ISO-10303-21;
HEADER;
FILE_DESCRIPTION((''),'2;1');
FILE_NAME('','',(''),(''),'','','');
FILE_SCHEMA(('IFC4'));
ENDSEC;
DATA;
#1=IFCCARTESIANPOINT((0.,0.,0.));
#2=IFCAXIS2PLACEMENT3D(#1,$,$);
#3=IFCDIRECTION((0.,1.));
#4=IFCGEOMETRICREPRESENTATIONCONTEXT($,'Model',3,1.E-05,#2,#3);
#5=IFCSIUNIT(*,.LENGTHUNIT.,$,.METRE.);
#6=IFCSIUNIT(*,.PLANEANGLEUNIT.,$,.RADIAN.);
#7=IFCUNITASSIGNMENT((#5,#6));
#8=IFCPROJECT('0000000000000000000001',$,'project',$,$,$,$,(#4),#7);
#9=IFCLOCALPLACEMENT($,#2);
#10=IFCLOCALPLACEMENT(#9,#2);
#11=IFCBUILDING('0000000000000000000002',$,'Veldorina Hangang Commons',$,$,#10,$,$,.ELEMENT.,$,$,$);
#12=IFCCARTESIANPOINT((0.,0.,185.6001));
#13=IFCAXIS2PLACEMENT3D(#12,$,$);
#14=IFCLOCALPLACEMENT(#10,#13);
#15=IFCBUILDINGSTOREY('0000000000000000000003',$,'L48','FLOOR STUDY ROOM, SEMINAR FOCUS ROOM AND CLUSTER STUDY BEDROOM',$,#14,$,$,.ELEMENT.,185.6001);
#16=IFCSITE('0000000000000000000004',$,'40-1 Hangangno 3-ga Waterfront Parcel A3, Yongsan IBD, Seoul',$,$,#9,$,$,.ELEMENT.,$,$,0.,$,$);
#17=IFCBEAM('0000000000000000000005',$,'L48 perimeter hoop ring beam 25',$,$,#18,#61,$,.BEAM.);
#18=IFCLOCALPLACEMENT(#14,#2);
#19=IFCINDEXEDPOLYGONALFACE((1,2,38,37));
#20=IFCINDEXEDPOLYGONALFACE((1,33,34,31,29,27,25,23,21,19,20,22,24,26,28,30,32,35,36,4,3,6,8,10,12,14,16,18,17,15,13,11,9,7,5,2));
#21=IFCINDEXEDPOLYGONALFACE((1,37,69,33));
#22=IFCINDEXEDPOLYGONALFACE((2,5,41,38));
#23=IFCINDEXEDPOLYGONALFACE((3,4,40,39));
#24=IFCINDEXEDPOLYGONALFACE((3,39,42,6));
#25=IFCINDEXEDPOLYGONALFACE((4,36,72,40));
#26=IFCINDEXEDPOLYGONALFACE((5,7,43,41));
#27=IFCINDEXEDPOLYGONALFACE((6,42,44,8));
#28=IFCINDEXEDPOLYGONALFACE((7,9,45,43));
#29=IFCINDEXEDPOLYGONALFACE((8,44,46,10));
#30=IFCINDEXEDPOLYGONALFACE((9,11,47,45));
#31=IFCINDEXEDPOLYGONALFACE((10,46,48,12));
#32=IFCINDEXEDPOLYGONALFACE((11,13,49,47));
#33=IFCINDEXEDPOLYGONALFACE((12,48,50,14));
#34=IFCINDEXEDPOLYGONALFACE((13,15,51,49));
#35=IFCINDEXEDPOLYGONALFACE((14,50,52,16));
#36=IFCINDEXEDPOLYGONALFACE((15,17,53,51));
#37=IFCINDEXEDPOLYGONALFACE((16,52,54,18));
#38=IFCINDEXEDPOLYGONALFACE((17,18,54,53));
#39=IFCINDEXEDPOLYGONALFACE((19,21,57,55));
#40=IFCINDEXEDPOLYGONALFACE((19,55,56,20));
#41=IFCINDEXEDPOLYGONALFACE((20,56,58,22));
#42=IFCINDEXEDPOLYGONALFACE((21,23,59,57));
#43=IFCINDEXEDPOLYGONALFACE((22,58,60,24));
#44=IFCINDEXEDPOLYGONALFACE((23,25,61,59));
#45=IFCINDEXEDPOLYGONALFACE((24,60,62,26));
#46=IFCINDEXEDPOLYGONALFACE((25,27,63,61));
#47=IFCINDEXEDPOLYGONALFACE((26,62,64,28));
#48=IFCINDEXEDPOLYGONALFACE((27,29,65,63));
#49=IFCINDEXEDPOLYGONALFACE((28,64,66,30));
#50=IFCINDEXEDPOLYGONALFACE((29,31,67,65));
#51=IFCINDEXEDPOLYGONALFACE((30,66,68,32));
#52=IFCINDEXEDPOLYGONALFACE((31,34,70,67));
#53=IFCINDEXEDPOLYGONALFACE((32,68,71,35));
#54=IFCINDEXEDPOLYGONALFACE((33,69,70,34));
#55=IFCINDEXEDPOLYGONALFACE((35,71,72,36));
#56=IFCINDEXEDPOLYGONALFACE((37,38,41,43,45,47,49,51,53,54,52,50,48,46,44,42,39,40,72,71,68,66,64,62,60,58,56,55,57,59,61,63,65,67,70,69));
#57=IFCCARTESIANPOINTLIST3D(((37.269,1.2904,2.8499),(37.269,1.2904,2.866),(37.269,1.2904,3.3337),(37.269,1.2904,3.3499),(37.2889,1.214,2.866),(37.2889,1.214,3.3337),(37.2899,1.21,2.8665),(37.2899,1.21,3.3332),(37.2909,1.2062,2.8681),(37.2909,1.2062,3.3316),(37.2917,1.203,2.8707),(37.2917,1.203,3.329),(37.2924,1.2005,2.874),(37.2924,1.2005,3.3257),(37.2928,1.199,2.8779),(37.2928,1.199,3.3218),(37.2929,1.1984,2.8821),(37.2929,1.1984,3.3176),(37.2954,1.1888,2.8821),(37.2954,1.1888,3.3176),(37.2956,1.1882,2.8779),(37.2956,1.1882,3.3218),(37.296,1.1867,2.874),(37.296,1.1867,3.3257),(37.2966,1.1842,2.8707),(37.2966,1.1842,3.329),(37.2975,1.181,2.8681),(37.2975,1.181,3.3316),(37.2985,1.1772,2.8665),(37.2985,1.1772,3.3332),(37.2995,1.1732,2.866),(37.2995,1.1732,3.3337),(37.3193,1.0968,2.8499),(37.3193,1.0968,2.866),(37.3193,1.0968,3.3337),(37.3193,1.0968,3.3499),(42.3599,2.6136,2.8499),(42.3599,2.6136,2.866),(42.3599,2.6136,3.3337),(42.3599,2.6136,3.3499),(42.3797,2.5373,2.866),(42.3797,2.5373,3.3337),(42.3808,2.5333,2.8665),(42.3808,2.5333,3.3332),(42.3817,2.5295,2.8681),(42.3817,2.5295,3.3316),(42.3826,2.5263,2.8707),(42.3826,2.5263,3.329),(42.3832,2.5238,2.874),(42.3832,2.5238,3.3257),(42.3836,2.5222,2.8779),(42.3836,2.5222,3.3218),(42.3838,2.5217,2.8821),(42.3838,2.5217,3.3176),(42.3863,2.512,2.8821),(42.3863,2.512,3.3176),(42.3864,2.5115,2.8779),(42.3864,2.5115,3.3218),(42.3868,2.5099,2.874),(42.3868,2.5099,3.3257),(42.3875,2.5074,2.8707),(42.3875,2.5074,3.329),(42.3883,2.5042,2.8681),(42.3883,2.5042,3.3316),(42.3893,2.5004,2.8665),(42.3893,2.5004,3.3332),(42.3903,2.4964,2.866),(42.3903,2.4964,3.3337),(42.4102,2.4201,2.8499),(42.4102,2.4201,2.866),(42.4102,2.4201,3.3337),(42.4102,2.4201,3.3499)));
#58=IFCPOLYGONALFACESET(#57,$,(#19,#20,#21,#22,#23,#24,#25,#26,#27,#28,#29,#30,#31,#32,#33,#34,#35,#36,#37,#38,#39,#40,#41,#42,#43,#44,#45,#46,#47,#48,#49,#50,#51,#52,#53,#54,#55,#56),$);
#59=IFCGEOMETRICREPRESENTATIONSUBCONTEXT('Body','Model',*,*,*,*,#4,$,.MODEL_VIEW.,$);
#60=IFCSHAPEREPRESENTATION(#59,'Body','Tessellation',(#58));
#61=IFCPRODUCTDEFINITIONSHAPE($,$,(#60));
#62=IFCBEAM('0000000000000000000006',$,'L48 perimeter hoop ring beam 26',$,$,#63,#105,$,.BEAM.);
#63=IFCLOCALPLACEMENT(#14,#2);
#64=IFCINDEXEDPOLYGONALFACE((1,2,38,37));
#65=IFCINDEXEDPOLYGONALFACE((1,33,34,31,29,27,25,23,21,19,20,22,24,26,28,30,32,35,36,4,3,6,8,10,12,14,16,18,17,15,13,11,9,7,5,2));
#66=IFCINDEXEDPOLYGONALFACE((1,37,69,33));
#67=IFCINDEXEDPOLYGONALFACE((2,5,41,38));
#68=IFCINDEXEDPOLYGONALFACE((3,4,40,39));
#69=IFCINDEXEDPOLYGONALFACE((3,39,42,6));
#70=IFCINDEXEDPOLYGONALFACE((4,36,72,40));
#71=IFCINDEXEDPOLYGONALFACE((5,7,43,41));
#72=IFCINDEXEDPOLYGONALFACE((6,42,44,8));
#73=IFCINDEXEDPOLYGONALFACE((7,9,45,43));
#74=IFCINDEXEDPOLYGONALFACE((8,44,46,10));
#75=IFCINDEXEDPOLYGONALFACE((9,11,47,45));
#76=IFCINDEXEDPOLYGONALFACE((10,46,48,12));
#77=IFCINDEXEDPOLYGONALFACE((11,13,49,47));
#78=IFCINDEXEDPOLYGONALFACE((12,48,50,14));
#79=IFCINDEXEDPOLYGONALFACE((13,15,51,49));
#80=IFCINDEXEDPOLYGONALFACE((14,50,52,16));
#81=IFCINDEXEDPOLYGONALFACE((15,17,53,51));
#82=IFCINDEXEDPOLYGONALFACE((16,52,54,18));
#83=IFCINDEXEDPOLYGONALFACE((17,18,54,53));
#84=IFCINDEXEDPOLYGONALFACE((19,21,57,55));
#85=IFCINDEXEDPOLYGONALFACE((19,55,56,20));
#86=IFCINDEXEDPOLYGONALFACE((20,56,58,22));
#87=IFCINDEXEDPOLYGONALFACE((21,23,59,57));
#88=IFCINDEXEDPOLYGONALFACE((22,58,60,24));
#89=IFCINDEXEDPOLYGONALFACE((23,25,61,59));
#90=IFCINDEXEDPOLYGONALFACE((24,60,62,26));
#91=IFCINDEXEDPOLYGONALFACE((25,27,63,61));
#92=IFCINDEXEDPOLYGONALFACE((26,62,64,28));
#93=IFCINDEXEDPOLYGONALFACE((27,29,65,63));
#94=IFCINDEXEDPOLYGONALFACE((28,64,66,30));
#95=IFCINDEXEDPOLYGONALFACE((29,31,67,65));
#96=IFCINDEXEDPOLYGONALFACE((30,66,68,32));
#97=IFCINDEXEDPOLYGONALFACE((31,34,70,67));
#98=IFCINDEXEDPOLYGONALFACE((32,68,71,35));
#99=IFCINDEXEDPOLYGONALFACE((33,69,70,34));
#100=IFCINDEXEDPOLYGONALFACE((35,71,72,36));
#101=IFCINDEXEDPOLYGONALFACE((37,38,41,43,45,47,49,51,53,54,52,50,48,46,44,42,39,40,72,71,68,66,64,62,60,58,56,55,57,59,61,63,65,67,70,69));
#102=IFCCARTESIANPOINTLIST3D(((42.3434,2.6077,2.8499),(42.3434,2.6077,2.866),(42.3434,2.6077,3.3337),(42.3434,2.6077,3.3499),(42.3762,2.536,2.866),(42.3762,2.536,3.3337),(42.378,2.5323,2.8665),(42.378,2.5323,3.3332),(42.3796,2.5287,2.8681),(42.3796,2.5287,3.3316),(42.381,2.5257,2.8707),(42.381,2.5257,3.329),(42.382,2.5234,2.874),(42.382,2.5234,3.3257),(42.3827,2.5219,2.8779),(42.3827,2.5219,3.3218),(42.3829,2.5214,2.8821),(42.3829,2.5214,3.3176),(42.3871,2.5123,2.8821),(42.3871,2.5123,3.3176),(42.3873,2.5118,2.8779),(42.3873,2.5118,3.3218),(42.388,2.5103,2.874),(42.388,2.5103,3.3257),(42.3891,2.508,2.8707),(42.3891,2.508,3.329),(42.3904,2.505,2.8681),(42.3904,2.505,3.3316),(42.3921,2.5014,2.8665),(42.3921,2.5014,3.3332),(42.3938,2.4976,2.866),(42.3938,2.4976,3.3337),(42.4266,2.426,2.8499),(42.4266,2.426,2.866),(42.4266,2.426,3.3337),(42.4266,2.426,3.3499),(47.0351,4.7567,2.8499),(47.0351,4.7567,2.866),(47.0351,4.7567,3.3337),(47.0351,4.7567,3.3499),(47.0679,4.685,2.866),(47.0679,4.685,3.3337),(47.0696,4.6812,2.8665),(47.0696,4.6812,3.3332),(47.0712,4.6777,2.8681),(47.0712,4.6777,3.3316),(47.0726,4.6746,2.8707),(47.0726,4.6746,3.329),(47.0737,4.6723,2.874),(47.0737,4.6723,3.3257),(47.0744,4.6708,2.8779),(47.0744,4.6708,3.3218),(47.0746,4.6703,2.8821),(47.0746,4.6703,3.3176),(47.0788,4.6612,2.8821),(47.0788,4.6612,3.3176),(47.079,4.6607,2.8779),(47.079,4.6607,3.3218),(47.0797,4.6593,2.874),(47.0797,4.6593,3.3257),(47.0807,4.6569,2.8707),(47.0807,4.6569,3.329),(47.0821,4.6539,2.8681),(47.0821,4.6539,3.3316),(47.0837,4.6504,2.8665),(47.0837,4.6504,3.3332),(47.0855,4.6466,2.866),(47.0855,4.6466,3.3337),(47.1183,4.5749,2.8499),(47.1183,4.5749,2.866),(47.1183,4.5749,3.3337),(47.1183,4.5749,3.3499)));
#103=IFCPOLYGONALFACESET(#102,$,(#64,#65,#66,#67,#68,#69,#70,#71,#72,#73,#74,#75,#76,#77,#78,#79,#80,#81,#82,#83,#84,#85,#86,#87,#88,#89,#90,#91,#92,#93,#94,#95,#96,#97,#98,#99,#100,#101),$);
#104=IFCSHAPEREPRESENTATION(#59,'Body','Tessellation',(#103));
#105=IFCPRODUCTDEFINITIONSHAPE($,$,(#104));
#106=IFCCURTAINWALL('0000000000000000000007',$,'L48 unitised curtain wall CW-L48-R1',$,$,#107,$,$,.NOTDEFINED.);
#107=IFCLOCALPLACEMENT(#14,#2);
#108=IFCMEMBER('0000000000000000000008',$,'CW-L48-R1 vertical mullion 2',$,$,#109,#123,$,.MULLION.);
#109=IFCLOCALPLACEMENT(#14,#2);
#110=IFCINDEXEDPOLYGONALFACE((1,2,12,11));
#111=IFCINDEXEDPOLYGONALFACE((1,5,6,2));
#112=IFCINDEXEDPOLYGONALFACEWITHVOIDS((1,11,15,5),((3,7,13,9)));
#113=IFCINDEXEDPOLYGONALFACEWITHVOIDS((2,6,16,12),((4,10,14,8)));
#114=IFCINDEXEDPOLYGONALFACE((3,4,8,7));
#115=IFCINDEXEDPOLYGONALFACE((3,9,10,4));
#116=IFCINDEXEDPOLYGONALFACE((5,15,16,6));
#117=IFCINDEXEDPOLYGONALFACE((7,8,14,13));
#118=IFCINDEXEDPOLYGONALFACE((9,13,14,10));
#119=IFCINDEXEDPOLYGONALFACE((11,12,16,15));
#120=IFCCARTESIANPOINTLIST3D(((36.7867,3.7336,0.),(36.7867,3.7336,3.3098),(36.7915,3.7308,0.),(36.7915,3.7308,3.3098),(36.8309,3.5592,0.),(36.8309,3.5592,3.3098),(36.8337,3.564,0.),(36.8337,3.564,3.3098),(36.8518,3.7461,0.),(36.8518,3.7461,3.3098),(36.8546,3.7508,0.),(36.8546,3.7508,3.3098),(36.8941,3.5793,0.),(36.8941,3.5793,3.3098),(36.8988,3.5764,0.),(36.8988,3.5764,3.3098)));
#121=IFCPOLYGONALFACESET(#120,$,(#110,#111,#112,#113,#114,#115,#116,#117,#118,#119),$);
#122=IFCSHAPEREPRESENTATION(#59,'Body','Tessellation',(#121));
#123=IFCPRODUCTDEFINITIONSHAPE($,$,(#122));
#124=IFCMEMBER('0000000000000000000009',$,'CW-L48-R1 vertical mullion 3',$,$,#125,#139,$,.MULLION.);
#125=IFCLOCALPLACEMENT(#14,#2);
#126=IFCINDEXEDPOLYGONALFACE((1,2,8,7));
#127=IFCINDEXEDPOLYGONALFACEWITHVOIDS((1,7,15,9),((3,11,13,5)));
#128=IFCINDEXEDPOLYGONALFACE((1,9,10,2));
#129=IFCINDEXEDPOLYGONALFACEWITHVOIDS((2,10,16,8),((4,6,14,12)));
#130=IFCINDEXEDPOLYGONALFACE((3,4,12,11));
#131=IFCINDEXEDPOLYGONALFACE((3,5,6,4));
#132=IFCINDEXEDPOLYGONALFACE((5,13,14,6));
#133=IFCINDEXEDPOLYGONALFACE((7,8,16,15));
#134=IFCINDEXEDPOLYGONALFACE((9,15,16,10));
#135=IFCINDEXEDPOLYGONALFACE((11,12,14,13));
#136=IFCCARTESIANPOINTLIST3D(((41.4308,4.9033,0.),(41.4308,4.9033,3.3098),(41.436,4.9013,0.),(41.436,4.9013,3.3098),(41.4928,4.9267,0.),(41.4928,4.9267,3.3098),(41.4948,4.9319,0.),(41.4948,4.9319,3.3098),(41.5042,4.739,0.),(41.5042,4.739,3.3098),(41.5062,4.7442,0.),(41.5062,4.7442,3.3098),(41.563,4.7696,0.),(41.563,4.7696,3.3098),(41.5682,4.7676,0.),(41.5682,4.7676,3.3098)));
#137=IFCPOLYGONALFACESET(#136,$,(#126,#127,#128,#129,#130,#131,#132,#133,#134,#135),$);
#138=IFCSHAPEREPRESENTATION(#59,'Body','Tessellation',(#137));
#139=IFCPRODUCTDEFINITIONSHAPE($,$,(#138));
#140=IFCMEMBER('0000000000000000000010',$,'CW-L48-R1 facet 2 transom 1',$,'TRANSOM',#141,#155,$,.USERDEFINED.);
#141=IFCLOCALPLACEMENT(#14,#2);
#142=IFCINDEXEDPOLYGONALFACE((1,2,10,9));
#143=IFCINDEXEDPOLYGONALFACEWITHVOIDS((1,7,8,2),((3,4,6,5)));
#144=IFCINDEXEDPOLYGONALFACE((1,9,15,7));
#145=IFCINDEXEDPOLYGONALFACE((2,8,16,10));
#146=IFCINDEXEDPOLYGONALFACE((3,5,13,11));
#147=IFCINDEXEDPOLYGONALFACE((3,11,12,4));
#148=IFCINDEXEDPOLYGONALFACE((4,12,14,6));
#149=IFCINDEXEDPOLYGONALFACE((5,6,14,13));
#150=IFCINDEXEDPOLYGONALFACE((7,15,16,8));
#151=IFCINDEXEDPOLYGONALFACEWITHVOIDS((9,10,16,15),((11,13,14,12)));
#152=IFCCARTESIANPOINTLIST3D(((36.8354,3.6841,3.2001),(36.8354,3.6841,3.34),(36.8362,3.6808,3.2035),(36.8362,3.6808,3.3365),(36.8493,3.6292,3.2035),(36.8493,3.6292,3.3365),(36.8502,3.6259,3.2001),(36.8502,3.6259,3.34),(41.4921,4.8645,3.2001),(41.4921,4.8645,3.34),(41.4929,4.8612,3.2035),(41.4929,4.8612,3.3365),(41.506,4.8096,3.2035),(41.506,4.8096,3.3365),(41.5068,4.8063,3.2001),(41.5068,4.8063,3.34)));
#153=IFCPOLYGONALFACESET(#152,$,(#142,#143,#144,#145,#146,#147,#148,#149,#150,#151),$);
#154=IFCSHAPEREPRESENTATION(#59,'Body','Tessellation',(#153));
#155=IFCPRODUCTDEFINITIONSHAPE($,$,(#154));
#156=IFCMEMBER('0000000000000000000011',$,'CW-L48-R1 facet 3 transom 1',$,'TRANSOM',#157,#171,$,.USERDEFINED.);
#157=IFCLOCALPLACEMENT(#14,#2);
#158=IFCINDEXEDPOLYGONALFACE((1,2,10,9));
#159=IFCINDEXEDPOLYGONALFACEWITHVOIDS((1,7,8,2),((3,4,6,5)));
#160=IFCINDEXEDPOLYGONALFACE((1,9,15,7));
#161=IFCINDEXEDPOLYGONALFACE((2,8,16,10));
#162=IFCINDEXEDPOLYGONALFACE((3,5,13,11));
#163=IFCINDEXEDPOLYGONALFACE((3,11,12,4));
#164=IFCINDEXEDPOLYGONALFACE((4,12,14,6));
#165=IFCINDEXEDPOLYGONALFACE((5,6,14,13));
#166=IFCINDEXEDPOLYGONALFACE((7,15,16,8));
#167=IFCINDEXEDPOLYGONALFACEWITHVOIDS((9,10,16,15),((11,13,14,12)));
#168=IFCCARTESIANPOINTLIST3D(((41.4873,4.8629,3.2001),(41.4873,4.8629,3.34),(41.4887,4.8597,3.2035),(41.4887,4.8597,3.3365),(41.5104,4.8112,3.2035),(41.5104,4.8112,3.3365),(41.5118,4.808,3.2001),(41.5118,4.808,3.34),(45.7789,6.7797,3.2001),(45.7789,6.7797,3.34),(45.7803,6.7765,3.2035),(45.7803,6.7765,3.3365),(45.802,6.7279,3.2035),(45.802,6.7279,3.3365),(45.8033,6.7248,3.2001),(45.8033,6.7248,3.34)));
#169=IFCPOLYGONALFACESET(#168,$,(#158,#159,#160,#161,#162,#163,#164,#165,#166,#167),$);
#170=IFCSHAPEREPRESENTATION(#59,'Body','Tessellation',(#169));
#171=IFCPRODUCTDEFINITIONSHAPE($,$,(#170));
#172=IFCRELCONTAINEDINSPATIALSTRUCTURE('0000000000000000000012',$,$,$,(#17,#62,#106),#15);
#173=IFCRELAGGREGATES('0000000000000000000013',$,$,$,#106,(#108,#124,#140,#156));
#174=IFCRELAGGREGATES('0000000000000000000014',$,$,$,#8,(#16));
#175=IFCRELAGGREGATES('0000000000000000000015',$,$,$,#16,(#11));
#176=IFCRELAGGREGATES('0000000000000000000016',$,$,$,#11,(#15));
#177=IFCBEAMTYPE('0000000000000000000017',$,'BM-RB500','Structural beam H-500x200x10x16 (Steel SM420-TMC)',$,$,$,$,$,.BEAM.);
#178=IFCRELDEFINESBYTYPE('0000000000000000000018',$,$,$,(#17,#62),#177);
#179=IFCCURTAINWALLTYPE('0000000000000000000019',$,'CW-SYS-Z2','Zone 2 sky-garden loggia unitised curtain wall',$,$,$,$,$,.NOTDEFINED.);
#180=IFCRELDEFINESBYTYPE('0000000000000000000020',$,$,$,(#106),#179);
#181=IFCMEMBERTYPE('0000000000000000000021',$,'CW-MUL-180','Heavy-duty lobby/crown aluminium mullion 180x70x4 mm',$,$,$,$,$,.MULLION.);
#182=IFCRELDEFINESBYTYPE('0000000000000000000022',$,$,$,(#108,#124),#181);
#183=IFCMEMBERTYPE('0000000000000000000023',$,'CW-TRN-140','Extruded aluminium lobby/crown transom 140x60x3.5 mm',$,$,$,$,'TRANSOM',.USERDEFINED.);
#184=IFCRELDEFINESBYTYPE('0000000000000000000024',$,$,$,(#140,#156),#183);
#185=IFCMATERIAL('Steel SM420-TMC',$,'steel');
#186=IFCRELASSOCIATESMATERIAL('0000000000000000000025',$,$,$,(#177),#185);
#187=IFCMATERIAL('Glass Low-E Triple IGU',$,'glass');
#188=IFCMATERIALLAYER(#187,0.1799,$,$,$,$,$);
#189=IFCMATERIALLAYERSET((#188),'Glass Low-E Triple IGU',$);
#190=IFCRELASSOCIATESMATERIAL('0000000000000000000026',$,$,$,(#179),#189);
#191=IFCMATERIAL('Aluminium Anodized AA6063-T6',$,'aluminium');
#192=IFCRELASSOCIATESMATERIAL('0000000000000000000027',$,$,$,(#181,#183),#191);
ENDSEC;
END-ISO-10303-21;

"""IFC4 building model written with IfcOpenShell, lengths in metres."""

from ifc_helpers import new_model, si_unit, direction, frame, origin, origin_2d, place, context, subcontext, project, spatial, hollow_rectangle, i_section, extrude, material, layer, layer_set, material_profile, profile_set, type_object, element, aggregate, save


model = new_model("IFC4")

# Units and contexts
model_context = context("Model", 3, precision=1e-05, world=origin(), true_north=direction((0.0, 1.0)))
body_context = subcontext(model_context, "Body", "Model", "MODEL_VIEW")
ifc_project = project(units=[si_unit("LENGTHUNIT", "METRE"), si_unit("PLANEANGLEUNIT", "RADIAN")], contexts=[model_context])

# Site, building, storey
site_placement = place(None, origin())
site = spatial("IfcSite", under=ifc_project, at=site_placement, Name="40-1 Hangangno 3-ga Waterfront Parcel A3, Yongsan IBD, Seoul", CompositionType="ELEMENT", RefElevation=0.0)
building_placement = place(site_placement, origin())
building = spatial("IfcBuilding", under=site, at=building_placement, Name="Veldorina Hangang Commons", CompositionType="ELEMENT")
storey_placement = place(building_placement, frame((0.0, 0.0, 185.6001)))
storey = spatial("IfcBuildingStorey", under=building, at=storey_placement, Name="L48", Description="FLOOR STUDY ROOM, SEMINAR FOCUS ROOM AND CLUSTER STUDY BEDROOM", CompositionType="ELEMENT", Elevation=185.6001)

# Beams
ifc_material_1 = material(Name="Steel SM420-TMC", Category="steel")
ifc_material_profile_1 = material_profile(ifc_material_1, i_section(OverallWidth=0.2, OverallDepth=0.5, WebThickness=0.01, FlangeThickness=0.0161, FilletRadius=0.0161, at=origin_2d()), Name="H-500x200x10x16")
ifc_profile_set_1 = profile_set([ifc_material_profile_1], Name="Steel SM420-TMC")
beam_type = type_object("IfcBeamType", Name="BM-RB500", Description="Structural beam H-500x200x10x16 (Steel SM420-TMC)", PredefinedType="BEAM", material=ifc_profile_set_1)
beam_1_placement = place(storey_placement, frame((37.2942, 1.1936, 3.0999), z_axis=(0.96784, 0.251568, 0.0), x_axis=(-0.251568, 0.96784, 0.0)))
element("IfcBeam", 1, at=beam_1_placement, inside=storey, type_object=beam_type, Name="L48 perimeter hoop ring beam 25", PredefinedType="BEAM", context=body_context, shape_type="SweptSolid", body=[
    extrude(i_section(OverallWidth=0.2, OverallDepth=0.5, WebThickness=0.01, FlangeThickness=0.0161, FilletRadius=0.0161, at=origin_2d()), origin(), (0.0, 0.0, 1.0), 5.26),
])
beam_2_placement = place(storey_placement, frame((42.385, 2.5168, 3.0999), z_axis=(0.909169, 0.416428, 0.0), x_axis=(-0.416428, 0.909169, 0.0)))
element("IfcBeam", 2, at=beam_2_placement, inside=storey, type_object=beam_type, Name="L48 perimeter hoop ring beam 26", PredefinedType="BEAM", context=body_context, shape_type="SweptSolid", body=[
    extrude(i_section(OverallWidth=0.2, OverallDepth=0.5, WebThickness=0.01, FlangeThickness=0.0161, FilletRadius=0.0161, at=origin_2d()), origin(), (0.0, 0.0, 1.0), 5.1604),
])

# Curtain wall, members
ifc_material_2 = material(Name="Glass Low-E Triple IGU", Category="glass")
ifc_layer_1 = layer(ifc_material_2, 0.1799)
ifc_layer_set_1 = layer_set([ifc_layer_1], Name="Glass Low-E Triple IGU")
curtain_wall_type = type_object("IfcCurtainWallType", Name="CW-SYS-Z2", Description="Zone 2 sky-garden loggia unitised curtain wall", PredefinedType="NOTDEFINED", material=ifc_layer_set_1)
curtain_wall_placement = place(storey_placement, origin())
curtain_wall = element("IfcCurtainWall", 3, at=curtain_wall_placement, inside=storey, type_object=curtain_wall_type, Name="L48 unitised curtain wall CW-L48-R1", PredefinedType="NOTDEFINED")
ifc_material_3 = material(Name="Aluminium Anodized AA6063-T6", Category="aluminium")
ifc_material_profile_2 = material_profile(ifc_material_3, hollow_rectangle(XDim=0.0701, YDim=0.1799, WallThickness=0.0039, at=origin_2d()), Name="ALU-RHS-180x70x4")
ifc_profile_set_2 = profile_set([ifc_material_profile_2], Name="Aluminium Anodized AA6063-T6")
member_type_1 = type_object("IfcMemberType", Name="CW-MUL-180", Description="Heavy-duty lobby/crown aluminium mullion 180x70x4 mm", PredefinedType="MULLION", material=ifc_profile_set_2)
member_1_placement = place(storey_placement, frame((36.8428, 3.655, 0.0), z_axis=(0.0, 0.0, 1.0), x_axis=(0.969343, 0.245713, 0.0)))
member_1 = element("IfcMember", 4, at=member_1_placement, type_object=member_type_1, Name="CW-L48-R1 vertical mullion 2", PredefinedType="MULLION", context=body_context, shape_type="SweptSolid", body=[
    extrude(hollow_rectangle(XDim=0.0701, YDim=0.1799, WallThickness=0.0039, at=origin_2d()), origin(), (0.0, 0.0, 1.0), 3.3098),
])
member_2_placement = place(storey_placement, frame((41.4995, 4.8354, 0.0), z_axis=(0.0, 0.0, 1.0), x_axis=(0.913055, 0.407837, 0.0)))
member_2 = element("IfcMember", 5, at=member_2_placement, type_object=member_type_1, Name="CW-L48-R1 vertical mullion 3", PredefinedType="MULLION", context=body_context, shape_type="SweptSolid", body=[
    extrude(hollow_rectangle(XDim=0.0701, YDim=0.1799, WallThickness=0.0039, at=origin_2d()), origin(), (0.0, 0.0, 1.0), 3.3098),
])
ifc_material_profile_3 = material_profile(ifc_material_3, hollow_rectangle(XDim=0.0601, YDim=0.1399, WallThickness=0.0034, at=origin_2d()), Name="ALU-RHS-140x60x3.5")
ifc_profile_set_3 = profile_set([ifc_material_profile_3], Name="Aluminium Anodized AA6063-T6")
member_type_2 = type_object("IfcMemberType", Name="CW-TRN-140", Description="Extruded aluminium lobby/crown transom 140x60x3.5 mm", ElementType="TRANSOM", PredefinedType="USERDEFINED", material=ifc_profile_set_3)
member_3_placement = place(storey_placement, frame((36.8428, 3.655, 3.27), z_axis=(0.969342, 0.245715, 0.0), x_axis=(-0.245715, 0.969342, 0.0)))
member_3 = element("IfcMember", 6, at=member_3_placement, type_object=member_type_2, Name="CW-L48-R1 facet 2 transom 1", ObjectType="TRANSOM", PredefinedType="USERDEFINED", context=body_context, shape_type="SweptSolid", body=[
    extrude(hollow_rectangle(XDim=0.0601, YDim=0.1399, WallThickness=0.0034, at=origin_2d()), origin(), (0.0, 0.0, 1.0), 4.804),
])
member_4_placement = place(storey_placement, frame((41.4995, 4.8354, 3.27), z_axis=(0.913067, 0.40781, 0.0), x_axis=(-0.40781, 0.913067, 0.0)))
member_4 = element("IfcMember", 7, at=member_4_placement, type_object=member_type_2, Name="CW-L48-R1 facet 3 transom 1", ObjectType="TRANSOM", PredefinedType="USERDEFINED", context=body_context, shape_type="SweptSolid", body=[
    extrude(hollow_rectangle(XDim=0.0601, YDim=0.1399, WallThickness=0.0034, at=origin_2d()), origin(), (0.0, 0.0, 1.0), 4.7002),
])

aggregate(curtain_wall, [member_1, member_2, member_3, member_4])

save(model, "model.ifc")
